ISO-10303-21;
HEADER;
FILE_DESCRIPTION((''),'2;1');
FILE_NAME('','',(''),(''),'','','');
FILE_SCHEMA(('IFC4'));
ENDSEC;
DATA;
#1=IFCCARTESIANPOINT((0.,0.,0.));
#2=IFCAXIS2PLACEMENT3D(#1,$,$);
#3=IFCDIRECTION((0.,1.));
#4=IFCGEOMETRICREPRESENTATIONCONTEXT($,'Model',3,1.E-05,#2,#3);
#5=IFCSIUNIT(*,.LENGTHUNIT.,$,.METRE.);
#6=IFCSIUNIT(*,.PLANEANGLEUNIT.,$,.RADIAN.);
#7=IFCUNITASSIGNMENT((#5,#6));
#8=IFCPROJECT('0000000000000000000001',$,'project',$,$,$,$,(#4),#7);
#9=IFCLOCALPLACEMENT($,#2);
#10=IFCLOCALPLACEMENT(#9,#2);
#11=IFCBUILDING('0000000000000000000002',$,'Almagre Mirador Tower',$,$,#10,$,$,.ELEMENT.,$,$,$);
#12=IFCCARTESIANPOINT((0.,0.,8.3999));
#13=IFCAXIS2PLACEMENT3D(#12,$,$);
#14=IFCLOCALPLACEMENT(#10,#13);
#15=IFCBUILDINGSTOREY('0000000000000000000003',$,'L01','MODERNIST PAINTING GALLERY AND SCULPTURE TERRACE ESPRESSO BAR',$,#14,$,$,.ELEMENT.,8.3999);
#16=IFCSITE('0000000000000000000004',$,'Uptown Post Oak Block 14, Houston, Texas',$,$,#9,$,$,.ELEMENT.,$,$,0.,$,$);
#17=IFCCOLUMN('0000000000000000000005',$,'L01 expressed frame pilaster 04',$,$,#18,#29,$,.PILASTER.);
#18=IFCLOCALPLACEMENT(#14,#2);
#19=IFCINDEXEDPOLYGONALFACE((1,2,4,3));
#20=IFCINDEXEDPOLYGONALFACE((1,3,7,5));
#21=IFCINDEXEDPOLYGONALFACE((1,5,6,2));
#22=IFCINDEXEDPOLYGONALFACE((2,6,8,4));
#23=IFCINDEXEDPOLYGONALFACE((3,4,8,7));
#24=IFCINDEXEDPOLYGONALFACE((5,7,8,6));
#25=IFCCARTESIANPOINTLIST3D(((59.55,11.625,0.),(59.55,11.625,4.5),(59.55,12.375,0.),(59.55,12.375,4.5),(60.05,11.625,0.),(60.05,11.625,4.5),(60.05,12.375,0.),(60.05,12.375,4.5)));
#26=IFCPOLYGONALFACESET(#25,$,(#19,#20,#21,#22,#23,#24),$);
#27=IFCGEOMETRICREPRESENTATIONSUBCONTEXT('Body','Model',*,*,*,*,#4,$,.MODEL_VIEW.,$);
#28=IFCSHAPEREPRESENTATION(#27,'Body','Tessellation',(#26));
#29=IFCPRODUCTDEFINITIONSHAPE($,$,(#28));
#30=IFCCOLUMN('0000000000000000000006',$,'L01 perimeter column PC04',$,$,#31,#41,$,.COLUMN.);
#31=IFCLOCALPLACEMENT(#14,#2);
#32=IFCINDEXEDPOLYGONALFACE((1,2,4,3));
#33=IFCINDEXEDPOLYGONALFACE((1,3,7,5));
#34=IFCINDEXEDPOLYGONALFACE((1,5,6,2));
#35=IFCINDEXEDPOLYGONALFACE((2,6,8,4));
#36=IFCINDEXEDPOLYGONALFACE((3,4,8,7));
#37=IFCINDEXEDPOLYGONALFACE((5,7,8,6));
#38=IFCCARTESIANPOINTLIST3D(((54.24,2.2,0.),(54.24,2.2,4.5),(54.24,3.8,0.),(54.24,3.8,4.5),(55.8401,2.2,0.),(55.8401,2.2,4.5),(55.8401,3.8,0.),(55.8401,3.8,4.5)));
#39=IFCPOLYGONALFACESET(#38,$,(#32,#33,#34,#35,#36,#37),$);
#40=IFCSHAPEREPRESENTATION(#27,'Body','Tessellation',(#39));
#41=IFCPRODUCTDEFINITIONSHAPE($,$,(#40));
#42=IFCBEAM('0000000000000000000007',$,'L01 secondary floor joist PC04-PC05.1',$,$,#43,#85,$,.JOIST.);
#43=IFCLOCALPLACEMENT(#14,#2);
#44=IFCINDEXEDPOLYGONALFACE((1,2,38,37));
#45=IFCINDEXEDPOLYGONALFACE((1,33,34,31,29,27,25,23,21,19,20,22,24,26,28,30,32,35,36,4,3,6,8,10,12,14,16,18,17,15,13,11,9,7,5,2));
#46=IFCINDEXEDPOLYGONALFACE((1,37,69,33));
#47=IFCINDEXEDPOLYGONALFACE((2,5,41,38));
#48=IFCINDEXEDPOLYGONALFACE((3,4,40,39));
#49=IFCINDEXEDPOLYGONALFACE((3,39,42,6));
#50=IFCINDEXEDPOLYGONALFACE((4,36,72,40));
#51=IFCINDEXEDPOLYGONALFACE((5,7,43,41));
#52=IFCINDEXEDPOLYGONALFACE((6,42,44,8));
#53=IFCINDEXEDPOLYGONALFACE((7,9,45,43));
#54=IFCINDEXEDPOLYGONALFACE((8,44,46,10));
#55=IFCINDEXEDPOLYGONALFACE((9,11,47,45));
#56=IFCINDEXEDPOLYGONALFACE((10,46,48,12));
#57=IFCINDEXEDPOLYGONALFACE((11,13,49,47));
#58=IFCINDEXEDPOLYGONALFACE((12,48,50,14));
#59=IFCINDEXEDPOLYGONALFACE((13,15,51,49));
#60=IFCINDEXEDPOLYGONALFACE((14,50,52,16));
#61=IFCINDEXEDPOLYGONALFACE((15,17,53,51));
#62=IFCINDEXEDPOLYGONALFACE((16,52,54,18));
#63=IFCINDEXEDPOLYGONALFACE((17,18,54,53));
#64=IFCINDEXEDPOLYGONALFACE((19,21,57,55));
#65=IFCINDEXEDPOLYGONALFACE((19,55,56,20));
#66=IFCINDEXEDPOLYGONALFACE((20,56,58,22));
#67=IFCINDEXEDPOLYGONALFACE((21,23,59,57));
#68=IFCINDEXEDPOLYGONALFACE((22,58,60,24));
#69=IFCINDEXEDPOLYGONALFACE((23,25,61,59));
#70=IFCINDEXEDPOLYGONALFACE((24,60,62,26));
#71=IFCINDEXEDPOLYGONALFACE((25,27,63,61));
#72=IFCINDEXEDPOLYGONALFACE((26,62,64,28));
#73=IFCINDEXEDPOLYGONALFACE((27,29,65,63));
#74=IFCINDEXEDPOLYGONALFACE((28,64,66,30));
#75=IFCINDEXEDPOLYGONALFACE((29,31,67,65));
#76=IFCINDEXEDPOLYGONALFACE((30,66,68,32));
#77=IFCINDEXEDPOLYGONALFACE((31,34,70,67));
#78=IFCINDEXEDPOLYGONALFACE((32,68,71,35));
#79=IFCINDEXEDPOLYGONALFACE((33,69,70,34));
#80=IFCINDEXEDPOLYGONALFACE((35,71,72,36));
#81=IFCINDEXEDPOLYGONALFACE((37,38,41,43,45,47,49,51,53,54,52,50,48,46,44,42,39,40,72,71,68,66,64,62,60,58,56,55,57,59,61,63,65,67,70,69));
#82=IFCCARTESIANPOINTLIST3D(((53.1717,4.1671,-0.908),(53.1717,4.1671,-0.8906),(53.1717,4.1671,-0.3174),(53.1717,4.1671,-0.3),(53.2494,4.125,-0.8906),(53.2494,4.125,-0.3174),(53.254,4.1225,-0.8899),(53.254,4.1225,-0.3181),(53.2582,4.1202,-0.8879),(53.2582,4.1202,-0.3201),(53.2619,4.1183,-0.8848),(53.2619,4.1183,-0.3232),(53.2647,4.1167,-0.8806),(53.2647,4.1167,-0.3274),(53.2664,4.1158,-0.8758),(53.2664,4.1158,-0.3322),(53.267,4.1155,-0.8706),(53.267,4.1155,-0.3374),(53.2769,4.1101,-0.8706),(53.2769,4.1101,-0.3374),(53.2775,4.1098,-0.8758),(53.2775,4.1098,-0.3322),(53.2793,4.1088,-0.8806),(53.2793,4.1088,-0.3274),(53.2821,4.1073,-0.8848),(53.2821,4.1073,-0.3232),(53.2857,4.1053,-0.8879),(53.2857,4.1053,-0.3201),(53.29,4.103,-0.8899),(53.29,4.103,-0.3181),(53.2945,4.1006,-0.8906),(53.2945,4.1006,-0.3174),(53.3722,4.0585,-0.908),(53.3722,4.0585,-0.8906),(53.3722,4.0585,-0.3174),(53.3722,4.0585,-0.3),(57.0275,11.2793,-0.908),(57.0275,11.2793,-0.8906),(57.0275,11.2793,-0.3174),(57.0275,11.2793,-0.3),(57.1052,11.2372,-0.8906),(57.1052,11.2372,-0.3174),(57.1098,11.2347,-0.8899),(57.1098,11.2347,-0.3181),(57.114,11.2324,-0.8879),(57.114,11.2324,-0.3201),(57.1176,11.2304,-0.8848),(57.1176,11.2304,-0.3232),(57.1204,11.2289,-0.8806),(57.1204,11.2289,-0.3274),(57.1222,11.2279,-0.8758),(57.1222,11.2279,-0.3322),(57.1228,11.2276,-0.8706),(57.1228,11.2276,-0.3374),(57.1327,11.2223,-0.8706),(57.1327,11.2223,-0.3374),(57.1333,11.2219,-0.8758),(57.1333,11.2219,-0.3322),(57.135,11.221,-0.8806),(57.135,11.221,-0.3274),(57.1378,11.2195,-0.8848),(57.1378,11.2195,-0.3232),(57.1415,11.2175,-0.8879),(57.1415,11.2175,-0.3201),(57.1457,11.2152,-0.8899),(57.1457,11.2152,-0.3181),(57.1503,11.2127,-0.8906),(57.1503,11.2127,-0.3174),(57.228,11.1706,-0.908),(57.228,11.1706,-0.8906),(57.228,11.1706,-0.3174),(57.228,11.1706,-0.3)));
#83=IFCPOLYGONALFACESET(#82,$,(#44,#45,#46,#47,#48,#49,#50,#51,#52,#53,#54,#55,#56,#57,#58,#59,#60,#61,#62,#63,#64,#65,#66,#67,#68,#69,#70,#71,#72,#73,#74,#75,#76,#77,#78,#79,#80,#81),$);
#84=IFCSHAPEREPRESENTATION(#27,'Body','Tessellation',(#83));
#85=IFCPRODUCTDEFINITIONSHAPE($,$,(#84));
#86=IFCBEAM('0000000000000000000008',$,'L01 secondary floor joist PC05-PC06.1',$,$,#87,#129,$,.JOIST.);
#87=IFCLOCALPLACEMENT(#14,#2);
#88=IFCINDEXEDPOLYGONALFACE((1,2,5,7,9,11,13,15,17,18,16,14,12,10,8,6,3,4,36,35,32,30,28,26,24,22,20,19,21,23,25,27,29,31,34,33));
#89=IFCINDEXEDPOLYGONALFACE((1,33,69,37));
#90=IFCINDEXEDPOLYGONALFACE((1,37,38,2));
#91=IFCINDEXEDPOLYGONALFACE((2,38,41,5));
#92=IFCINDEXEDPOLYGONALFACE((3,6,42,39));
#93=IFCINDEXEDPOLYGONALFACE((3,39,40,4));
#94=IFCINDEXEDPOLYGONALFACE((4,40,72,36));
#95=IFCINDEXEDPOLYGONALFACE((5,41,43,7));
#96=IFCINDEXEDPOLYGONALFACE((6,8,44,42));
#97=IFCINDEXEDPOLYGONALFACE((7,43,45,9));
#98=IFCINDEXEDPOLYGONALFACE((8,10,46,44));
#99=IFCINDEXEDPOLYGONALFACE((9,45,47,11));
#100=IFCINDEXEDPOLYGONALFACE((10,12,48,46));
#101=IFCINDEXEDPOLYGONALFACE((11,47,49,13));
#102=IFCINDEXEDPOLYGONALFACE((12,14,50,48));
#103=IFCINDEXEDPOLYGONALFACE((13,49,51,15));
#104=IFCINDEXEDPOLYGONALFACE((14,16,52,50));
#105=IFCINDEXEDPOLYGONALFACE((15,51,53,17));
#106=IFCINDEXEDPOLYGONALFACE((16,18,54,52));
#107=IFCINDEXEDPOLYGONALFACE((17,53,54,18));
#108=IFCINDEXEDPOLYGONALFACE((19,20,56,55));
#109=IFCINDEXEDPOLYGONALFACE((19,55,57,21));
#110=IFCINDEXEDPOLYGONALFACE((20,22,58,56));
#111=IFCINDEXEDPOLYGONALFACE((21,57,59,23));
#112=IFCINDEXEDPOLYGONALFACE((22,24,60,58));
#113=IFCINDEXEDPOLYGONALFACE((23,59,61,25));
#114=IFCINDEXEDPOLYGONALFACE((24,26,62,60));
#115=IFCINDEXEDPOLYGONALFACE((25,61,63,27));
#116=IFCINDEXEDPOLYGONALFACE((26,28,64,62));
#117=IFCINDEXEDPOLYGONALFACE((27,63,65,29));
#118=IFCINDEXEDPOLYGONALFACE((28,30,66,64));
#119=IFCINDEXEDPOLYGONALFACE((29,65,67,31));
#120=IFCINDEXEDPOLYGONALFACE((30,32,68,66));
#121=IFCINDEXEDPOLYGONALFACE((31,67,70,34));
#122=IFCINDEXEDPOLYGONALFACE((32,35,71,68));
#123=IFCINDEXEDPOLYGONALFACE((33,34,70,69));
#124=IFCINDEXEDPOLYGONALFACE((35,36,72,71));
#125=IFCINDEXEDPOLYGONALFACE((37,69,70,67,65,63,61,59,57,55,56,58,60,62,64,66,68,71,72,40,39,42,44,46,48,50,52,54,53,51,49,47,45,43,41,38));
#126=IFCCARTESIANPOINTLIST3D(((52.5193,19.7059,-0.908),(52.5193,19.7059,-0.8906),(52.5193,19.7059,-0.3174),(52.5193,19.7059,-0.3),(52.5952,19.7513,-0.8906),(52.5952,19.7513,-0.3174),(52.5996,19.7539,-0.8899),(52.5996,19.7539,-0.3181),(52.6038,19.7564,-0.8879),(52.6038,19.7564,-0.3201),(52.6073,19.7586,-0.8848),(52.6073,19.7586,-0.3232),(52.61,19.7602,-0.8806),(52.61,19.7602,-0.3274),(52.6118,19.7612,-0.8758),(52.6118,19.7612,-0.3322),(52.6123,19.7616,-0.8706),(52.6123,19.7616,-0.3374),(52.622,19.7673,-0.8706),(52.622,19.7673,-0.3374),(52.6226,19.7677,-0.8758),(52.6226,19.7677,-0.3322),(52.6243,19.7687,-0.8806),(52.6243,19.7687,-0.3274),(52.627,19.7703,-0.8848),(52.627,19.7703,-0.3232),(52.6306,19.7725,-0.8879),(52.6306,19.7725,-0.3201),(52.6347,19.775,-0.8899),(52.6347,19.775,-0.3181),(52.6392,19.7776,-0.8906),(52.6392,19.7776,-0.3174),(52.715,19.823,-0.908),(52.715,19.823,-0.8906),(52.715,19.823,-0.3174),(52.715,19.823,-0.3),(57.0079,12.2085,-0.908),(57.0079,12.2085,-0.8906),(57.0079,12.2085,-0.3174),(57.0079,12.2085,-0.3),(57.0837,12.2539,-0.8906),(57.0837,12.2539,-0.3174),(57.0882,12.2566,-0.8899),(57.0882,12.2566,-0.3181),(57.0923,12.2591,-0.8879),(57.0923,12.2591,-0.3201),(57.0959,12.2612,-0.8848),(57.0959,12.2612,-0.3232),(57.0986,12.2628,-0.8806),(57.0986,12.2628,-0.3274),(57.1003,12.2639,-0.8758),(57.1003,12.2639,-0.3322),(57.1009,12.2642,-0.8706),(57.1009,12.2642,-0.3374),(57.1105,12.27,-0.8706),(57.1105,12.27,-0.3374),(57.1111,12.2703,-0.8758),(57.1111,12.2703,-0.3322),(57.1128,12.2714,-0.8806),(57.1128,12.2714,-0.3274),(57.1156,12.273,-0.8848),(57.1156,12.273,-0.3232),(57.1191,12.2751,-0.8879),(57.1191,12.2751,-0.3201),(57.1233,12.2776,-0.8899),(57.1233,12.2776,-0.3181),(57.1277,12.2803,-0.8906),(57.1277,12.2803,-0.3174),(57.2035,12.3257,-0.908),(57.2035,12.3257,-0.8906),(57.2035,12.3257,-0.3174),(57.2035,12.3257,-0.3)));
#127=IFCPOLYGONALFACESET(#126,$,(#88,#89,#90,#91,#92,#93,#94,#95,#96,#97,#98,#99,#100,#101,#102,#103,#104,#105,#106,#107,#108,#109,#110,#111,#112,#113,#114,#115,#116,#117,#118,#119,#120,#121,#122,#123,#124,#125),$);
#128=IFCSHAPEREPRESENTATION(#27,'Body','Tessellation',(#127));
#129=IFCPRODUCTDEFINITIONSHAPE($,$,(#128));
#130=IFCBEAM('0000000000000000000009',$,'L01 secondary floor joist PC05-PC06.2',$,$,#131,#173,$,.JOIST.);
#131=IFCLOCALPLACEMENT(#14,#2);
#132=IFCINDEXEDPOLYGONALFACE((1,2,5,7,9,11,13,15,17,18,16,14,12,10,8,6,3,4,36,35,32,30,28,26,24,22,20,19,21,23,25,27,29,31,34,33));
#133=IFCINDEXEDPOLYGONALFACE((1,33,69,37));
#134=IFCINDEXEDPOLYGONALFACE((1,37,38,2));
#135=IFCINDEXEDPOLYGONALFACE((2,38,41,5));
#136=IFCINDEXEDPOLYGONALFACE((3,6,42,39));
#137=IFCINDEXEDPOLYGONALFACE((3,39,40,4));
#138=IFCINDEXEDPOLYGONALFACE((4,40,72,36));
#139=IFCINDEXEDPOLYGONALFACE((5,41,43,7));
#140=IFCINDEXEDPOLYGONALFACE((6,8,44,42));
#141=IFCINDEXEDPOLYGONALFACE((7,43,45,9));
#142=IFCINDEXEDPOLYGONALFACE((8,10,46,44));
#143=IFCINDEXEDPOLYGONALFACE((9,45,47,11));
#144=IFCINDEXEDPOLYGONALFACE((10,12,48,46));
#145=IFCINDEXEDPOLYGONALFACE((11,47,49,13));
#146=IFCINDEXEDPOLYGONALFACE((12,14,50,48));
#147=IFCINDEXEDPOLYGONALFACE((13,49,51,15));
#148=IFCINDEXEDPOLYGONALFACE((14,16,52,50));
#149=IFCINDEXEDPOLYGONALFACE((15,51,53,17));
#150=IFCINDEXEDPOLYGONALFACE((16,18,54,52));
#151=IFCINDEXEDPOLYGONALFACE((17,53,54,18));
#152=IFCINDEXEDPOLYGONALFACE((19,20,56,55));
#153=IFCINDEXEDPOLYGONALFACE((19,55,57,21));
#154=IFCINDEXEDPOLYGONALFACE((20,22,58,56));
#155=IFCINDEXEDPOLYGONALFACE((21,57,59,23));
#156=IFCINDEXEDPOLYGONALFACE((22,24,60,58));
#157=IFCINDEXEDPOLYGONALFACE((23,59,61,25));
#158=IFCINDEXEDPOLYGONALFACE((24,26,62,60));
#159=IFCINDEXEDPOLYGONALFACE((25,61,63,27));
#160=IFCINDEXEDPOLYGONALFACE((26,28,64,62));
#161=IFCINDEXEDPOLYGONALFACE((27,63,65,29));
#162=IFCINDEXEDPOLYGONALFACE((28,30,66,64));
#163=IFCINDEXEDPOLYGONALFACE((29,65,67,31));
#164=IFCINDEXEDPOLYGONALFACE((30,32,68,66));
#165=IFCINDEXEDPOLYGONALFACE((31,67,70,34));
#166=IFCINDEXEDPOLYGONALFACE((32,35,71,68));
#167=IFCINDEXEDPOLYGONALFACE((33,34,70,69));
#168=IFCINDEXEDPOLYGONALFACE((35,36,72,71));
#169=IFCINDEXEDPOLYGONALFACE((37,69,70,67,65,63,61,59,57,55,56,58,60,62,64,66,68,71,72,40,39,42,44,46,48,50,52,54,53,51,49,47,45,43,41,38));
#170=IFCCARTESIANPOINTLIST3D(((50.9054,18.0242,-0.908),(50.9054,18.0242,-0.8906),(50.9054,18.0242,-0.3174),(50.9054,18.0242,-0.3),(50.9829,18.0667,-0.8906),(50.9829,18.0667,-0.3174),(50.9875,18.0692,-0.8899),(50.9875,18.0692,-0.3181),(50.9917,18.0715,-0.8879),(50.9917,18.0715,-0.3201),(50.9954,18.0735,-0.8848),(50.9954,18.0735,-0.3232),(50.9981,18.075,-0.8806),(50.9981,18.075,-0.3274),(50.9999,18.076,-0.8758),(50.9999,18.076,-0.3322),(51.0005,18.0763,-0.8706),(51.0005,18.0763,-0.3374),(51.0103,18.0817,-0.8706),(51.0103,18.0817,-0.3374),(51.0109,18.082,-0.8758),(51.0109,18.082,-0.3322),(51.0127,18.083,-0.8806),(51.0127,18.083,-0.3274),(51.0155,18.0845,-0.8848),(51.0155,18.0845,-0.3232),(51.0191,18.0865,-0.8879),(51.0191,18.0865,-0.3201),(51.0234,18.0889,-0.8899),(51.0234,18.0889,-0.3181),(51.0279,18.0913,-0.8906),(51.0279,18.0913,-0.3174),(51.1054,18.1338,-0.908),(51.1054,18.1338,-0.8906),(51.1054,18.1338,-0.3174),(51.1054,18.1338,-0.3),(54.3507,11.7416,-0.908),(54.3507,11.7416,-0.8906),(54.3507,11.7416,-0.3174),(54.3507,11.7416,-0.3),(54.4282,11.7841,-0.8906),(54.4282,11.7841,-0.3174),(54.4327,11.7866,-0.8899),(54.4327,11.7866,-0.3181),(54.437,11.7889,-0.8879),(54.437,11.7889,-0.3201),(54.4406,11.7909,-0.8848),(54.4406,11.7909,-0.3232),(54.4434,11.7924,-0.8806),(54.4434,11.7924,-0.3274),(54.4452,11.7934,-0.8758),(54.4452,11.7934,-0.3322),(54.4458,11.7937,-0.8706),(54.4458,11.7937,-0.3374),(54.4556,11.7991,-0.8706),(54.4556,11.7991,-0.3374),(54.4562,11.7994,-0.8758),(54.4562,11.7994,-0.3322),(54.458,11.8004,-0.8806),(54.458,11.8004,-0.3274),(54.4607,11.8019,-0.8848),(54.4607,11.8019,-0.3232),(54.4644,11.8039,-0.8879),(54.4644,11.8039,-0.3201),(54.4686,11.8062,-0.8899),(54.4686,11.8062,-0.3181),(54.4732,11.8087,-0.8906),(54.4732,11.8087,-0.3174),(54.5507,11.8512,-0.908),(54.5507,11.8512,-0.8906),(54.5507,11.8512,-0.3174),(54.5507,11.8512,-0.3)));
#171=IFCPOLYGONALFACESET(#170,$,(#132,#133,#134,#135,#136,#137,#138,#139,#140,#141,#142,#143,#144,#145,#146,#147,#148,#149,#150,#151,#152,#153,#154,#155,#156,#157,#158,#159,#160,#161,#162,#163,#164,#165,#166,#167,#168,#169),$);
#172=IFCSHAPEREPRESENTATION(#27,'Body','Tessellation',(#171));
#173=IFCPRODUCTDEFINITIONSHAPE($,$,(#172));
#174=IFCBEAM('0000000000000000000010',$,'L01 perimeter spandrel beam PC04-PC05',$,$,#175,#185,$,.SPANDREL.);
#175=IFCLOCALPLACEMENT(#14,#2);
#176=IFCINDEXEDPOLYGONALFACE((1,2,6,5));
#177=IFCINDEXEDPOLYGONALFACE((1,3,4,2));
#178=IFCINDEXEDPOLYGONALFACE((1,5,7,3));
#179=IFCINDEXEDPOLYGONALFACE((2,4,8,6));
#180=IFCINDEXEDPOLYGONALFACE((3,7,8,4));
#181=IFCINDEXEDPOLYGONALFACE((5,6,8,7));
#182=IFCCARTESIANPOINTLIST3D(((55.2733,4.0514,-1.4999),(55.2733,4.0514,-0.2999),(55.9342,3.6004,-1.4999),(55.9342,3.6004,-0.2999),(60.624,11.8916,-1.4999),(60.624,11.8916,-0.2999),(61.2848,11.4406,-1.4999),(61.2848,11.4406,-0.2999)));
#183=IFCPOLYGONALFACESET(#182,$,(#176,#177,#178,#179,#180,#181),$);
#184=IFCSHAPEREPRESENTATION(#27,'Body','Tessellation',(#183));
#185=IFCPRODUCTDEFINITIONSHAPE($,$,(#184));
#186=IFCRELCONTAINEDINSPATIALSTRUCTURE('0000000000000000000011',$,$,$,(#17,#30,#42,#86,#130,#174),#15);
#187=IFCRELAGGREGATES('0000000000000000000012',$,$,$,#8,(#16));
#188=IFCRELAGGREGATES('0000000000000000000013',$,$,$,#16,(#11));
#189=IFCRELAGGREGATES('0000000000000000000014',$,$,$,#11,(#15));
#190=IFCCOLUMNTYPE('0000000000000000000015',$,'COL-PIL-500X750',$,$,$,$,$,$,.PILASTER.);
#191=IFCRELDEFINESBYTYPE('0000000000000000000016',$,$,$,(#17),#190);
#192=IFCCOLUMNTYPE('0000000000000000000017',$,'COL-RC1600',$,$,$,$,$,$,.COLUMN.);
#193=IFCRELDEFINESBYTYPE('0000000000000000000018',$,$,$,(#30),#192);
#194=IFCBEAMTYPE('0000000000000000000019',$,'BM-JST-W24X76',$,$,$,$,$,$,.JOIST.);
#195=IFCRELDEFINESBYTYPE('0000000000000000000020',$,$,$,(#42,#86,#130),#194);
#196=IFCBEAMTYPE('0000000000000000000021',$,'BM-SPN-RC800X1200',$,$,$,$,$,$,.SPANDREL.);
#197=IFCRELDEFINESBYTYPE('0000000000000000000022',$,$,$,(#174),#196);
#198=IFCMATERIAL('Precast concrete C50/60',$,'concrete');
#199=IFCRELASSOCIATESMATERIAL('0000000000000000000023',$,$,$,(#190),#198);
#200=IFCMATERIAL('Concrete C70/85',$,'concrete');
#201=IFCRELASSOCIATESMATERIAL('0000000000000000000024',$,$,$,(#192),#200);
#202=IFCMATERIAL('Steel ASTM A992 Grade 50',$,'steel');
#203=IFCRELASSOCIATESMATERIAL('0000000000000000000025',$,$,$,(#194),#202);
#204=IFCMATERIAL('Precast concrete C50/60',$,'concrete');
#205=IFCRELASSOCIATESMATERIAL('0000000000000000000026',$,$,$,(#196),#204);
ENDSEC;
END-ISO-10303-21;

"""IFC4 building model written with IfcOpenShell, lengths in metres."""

from ifc_helpers import new_model, si_unit, direction, frame, origin, origin_2d, place, context, subcontext, project, spatial, rectangle, i_section, extrude, material, material_profile, profile_set, type_object, element, save


model = new_model("IFC4")

# Units and contexts
model_context = context("Model", 3, precision=1e-05, world=origin(), true_north=direction((0.0, 1.0)))
body_context = subcontext(model_context, "Body", "Model", "MODEL_VIEW")
ifc_project = project(units=[si_unit("LENGTHUNIT", "METRE"), si_unit("PLANEANGLEUNIT", "RADIAN")], contexts=[model_context])

# Site, building, storey
site_placement = place(None, origin())
site = spatial("IfcSite", under=ifc_project, at=site_placement, Name="Uptown Post Oak Block 14, Houston, Texas", CompositionType="ELEMENT", RefElevation=0.0)
building_placement = place(site_placement, origin())
building = spatial("IfcBuilding", under=site, at=building_placement, Name="Almagre Mirador Tower", CompositionType="ELEMENT")
storey_placement = place(building_placement, frame((0.0, 0.0, 8.3999)))
storey = spatial("IfcBuildingStorey", under=building, at=storey_placement, Name="L01", Description="MODERNIST PAINTING GALLERY AND SCULPTURE TERRACE ESPRESSO BAR", CompositionType="ELEMENT", Elevation=8.3999)

# Columns
ifc_material_1 = material(Name="Precast concrete C50/60", Category="concrete")
ifc_material_profile_1 = material_profile(ifc_material_1, rectangle(XDim=0.5, YDim=0.75, at=origin_2d()), Name="RC500X750")
ifc_profile_set_1 = profile_set([ifc_material_profile_1], Name="Precast concrete C50/60")
column_type_1 = type_object("IfcColumnType", Name="COL-PIL-500X750", PredefinedType="PILASTER", material=ifc_profile_set_1)
column_1_placement = place(storey_placement, frame((59.8, 12.0, 0.0), z_axis=(0.0, 0.0, 1.0), x_axis=(1.0, 0.0, 0.0)))
element("IfcColumn", 1, at=column_1_placement, inside=storey, type_object=column_type_1, Name="L01 expressed frame pilaster 04", PredefinedType="PILASTER", context=body_context, shape_type="SweptSolid", body=[
    extrude(rectangle(XDim=0.5, YDim=0.75, at=origin_2d()), origin(), (0.0, 0.0, 1.0), 4.5),
])
ifc_material_2 = material(Name="Concrete C70/85", Category="concrete")
ifc_material_profile_2 = material_profile(ifc_material_2, rectangle(XDim=1.6001, YDim=1.6001, at=origin_2d()), Name="RC1600X1600")
ifc_profile_set_2 = profile_set([ifc_material_profile_2], Name="Concrete C70/85")
column_type_2 = type_object("IfcColumnType", Name="COL-RC1600", PredefinedType="COLUMN", material=ifc_profile_set_2)
column_2_placement = place(storey_placement, frame((55.04, 3.0, 0.0), z_axis=(0.0, 0.0, 1.0), x_axis=(1.0, 0.0, 0.0)))
element("IfcColumn", 2, at=column_2_placement, inside=storey, type_object=column_type_2, Name="L01 perimeter column PC04", PredefinedType="COLUMN", context=body_context, shape_type="SweptSolid", body=[
    extrude(rectangle(XDim=1.6001, YDim=1.6001, at=origin_2d()), origin(), (0.0, 0.0, 1.0), 4.5),
])

# Beams
ifc_material_3 = material(Name="Steel ASTM A992 Grade 50", Category="steel")
ifc_material_profile_3 = material_profile(ifc_material_3, i_section(OverallWidth=0.228, OverallDepth=0.6079, WebThickness=0.0112, FlangeThickness=0.0173, FilletRadius=0.02, at=origin_2d()), Name="W24X76")
ifc_profile_set_3 = profile_set([ifc_material_profile_3], Name="Steel ASTM A992 Grade 50")
beam_type_1 = type_object("IfcBeamType", Name="BM-JST-W24X76", PredefinedType="JOIST", material=ifc_profile_set_3)
beam_1_placement = place(storey_placement, frame((53.272, 4.1128, -0.604), z_axis=(0.476603, 0.879119, 0.0), x_axis=(-0.879119, 0.476603, 0.0)))
element("IfcBeam", 3, at=beam_1_placement, inside=storey, type_object=beam_type_1, Name="L01 secondary floor joist PC04-PC05.1", PredefinedType="JOIST", context=body_context, shape_type="SweptSolid", body=[
    extrude(i_section(OverallWidth=0.228, OverallDepth=0.6079, WebThickness=0.0112, FlangeThickness=0.0173, FilletRadius=0.02, at=origin_2d()), origin(), (0.0, 0.0, 1.0), 8.0901),
])
beam_2_placement = place(storey_placement, frame((57.1057, 12.2671, -0.604), z_axis=(-0.513666, 0.857991, 0.0), x_axis=(-0.857991, -0.513666, 0.0)))
element("IfcBeam", 4, at=beam_2_placement, inside=storey, type_object=beam_type_1, Name="L01 secondary floor joist PC05-PC06.1", PredefinedType="JOIST", context=body_context, shape_type="SweptSolid", body=[
    extrude(i_section(OverallWidth=0.228, OverallDepth=0.6079, WebThickness=0.0112, FlangeThickness=0.0173, FilletRadius=0.02, at=origin_2d()), origin(), (0.0, 0.0, 1.0), 8.7383),
])
beam_3_placement = place(storey_placement, frame((54.4507, 11.7964, -0.604), z_axis=(-0.480828, 0.876815, 0.0), x_axis=(-0.876815, -0.480828, 0.0)))
element("IfcBeam", 5, at=beam_3_placement, inside=storey, type_object=beam_type_1, Name="L01 secondary floor joist PC05-PC06.2", PredefinedType="JOIST", context=body_context, shape_type="SweptSolid", body=[
    extrude(i_section(OverallWidth=0.228, OverallDepth=0.6079, WebThickness=0.0112, FlangeThickness=0.0173, FilletRadius=0.02, at=origin_2d()), origin(), (0.0, 0.0, 1.0), 7.1653),
])
ifc_material_4 = material(Name="Precast concrete C50/60", Category="concrete")
ifc_material_profile_4 = material_profile(ifc_material_4, rectangle(XDim=0.8, YDim=1.2, at=origin_2d()), Name="RC800X1200")
ifc_profile_set_4 = profile_set([ifc_material_profile_4], Name="Precast concrete C50/60")
beam_type_2 = type_object("IfcBeamType", Name="BM-SPN-RC800X1200", PredefinedType="SPANDREL", material=ifc_profile_set_4)
beam_4_placement = place(storey_placement, frame((55.6038, 3.8259, -0.8999), z_axis=(0.563702, 0.825979, 0.0), x_axis=(-0.825979, 0.563702, 0.0)))
element("IfcBeam", 6, at=beam_4_placement, inside=storey, type_object=beam_type_2, Name="L01 perimeter spandrel beam PC04-PC05", PredefinedType="SPANDREL", context=body_context, shape_type="SweptSolid", body=[
    extrude(rectangle(XDim=0.8, YDim=1.2, at=origin_2d()), origin(), (0.0, 0.0, 1.0), 9.4919),
])

save(model, "model.ifc")
